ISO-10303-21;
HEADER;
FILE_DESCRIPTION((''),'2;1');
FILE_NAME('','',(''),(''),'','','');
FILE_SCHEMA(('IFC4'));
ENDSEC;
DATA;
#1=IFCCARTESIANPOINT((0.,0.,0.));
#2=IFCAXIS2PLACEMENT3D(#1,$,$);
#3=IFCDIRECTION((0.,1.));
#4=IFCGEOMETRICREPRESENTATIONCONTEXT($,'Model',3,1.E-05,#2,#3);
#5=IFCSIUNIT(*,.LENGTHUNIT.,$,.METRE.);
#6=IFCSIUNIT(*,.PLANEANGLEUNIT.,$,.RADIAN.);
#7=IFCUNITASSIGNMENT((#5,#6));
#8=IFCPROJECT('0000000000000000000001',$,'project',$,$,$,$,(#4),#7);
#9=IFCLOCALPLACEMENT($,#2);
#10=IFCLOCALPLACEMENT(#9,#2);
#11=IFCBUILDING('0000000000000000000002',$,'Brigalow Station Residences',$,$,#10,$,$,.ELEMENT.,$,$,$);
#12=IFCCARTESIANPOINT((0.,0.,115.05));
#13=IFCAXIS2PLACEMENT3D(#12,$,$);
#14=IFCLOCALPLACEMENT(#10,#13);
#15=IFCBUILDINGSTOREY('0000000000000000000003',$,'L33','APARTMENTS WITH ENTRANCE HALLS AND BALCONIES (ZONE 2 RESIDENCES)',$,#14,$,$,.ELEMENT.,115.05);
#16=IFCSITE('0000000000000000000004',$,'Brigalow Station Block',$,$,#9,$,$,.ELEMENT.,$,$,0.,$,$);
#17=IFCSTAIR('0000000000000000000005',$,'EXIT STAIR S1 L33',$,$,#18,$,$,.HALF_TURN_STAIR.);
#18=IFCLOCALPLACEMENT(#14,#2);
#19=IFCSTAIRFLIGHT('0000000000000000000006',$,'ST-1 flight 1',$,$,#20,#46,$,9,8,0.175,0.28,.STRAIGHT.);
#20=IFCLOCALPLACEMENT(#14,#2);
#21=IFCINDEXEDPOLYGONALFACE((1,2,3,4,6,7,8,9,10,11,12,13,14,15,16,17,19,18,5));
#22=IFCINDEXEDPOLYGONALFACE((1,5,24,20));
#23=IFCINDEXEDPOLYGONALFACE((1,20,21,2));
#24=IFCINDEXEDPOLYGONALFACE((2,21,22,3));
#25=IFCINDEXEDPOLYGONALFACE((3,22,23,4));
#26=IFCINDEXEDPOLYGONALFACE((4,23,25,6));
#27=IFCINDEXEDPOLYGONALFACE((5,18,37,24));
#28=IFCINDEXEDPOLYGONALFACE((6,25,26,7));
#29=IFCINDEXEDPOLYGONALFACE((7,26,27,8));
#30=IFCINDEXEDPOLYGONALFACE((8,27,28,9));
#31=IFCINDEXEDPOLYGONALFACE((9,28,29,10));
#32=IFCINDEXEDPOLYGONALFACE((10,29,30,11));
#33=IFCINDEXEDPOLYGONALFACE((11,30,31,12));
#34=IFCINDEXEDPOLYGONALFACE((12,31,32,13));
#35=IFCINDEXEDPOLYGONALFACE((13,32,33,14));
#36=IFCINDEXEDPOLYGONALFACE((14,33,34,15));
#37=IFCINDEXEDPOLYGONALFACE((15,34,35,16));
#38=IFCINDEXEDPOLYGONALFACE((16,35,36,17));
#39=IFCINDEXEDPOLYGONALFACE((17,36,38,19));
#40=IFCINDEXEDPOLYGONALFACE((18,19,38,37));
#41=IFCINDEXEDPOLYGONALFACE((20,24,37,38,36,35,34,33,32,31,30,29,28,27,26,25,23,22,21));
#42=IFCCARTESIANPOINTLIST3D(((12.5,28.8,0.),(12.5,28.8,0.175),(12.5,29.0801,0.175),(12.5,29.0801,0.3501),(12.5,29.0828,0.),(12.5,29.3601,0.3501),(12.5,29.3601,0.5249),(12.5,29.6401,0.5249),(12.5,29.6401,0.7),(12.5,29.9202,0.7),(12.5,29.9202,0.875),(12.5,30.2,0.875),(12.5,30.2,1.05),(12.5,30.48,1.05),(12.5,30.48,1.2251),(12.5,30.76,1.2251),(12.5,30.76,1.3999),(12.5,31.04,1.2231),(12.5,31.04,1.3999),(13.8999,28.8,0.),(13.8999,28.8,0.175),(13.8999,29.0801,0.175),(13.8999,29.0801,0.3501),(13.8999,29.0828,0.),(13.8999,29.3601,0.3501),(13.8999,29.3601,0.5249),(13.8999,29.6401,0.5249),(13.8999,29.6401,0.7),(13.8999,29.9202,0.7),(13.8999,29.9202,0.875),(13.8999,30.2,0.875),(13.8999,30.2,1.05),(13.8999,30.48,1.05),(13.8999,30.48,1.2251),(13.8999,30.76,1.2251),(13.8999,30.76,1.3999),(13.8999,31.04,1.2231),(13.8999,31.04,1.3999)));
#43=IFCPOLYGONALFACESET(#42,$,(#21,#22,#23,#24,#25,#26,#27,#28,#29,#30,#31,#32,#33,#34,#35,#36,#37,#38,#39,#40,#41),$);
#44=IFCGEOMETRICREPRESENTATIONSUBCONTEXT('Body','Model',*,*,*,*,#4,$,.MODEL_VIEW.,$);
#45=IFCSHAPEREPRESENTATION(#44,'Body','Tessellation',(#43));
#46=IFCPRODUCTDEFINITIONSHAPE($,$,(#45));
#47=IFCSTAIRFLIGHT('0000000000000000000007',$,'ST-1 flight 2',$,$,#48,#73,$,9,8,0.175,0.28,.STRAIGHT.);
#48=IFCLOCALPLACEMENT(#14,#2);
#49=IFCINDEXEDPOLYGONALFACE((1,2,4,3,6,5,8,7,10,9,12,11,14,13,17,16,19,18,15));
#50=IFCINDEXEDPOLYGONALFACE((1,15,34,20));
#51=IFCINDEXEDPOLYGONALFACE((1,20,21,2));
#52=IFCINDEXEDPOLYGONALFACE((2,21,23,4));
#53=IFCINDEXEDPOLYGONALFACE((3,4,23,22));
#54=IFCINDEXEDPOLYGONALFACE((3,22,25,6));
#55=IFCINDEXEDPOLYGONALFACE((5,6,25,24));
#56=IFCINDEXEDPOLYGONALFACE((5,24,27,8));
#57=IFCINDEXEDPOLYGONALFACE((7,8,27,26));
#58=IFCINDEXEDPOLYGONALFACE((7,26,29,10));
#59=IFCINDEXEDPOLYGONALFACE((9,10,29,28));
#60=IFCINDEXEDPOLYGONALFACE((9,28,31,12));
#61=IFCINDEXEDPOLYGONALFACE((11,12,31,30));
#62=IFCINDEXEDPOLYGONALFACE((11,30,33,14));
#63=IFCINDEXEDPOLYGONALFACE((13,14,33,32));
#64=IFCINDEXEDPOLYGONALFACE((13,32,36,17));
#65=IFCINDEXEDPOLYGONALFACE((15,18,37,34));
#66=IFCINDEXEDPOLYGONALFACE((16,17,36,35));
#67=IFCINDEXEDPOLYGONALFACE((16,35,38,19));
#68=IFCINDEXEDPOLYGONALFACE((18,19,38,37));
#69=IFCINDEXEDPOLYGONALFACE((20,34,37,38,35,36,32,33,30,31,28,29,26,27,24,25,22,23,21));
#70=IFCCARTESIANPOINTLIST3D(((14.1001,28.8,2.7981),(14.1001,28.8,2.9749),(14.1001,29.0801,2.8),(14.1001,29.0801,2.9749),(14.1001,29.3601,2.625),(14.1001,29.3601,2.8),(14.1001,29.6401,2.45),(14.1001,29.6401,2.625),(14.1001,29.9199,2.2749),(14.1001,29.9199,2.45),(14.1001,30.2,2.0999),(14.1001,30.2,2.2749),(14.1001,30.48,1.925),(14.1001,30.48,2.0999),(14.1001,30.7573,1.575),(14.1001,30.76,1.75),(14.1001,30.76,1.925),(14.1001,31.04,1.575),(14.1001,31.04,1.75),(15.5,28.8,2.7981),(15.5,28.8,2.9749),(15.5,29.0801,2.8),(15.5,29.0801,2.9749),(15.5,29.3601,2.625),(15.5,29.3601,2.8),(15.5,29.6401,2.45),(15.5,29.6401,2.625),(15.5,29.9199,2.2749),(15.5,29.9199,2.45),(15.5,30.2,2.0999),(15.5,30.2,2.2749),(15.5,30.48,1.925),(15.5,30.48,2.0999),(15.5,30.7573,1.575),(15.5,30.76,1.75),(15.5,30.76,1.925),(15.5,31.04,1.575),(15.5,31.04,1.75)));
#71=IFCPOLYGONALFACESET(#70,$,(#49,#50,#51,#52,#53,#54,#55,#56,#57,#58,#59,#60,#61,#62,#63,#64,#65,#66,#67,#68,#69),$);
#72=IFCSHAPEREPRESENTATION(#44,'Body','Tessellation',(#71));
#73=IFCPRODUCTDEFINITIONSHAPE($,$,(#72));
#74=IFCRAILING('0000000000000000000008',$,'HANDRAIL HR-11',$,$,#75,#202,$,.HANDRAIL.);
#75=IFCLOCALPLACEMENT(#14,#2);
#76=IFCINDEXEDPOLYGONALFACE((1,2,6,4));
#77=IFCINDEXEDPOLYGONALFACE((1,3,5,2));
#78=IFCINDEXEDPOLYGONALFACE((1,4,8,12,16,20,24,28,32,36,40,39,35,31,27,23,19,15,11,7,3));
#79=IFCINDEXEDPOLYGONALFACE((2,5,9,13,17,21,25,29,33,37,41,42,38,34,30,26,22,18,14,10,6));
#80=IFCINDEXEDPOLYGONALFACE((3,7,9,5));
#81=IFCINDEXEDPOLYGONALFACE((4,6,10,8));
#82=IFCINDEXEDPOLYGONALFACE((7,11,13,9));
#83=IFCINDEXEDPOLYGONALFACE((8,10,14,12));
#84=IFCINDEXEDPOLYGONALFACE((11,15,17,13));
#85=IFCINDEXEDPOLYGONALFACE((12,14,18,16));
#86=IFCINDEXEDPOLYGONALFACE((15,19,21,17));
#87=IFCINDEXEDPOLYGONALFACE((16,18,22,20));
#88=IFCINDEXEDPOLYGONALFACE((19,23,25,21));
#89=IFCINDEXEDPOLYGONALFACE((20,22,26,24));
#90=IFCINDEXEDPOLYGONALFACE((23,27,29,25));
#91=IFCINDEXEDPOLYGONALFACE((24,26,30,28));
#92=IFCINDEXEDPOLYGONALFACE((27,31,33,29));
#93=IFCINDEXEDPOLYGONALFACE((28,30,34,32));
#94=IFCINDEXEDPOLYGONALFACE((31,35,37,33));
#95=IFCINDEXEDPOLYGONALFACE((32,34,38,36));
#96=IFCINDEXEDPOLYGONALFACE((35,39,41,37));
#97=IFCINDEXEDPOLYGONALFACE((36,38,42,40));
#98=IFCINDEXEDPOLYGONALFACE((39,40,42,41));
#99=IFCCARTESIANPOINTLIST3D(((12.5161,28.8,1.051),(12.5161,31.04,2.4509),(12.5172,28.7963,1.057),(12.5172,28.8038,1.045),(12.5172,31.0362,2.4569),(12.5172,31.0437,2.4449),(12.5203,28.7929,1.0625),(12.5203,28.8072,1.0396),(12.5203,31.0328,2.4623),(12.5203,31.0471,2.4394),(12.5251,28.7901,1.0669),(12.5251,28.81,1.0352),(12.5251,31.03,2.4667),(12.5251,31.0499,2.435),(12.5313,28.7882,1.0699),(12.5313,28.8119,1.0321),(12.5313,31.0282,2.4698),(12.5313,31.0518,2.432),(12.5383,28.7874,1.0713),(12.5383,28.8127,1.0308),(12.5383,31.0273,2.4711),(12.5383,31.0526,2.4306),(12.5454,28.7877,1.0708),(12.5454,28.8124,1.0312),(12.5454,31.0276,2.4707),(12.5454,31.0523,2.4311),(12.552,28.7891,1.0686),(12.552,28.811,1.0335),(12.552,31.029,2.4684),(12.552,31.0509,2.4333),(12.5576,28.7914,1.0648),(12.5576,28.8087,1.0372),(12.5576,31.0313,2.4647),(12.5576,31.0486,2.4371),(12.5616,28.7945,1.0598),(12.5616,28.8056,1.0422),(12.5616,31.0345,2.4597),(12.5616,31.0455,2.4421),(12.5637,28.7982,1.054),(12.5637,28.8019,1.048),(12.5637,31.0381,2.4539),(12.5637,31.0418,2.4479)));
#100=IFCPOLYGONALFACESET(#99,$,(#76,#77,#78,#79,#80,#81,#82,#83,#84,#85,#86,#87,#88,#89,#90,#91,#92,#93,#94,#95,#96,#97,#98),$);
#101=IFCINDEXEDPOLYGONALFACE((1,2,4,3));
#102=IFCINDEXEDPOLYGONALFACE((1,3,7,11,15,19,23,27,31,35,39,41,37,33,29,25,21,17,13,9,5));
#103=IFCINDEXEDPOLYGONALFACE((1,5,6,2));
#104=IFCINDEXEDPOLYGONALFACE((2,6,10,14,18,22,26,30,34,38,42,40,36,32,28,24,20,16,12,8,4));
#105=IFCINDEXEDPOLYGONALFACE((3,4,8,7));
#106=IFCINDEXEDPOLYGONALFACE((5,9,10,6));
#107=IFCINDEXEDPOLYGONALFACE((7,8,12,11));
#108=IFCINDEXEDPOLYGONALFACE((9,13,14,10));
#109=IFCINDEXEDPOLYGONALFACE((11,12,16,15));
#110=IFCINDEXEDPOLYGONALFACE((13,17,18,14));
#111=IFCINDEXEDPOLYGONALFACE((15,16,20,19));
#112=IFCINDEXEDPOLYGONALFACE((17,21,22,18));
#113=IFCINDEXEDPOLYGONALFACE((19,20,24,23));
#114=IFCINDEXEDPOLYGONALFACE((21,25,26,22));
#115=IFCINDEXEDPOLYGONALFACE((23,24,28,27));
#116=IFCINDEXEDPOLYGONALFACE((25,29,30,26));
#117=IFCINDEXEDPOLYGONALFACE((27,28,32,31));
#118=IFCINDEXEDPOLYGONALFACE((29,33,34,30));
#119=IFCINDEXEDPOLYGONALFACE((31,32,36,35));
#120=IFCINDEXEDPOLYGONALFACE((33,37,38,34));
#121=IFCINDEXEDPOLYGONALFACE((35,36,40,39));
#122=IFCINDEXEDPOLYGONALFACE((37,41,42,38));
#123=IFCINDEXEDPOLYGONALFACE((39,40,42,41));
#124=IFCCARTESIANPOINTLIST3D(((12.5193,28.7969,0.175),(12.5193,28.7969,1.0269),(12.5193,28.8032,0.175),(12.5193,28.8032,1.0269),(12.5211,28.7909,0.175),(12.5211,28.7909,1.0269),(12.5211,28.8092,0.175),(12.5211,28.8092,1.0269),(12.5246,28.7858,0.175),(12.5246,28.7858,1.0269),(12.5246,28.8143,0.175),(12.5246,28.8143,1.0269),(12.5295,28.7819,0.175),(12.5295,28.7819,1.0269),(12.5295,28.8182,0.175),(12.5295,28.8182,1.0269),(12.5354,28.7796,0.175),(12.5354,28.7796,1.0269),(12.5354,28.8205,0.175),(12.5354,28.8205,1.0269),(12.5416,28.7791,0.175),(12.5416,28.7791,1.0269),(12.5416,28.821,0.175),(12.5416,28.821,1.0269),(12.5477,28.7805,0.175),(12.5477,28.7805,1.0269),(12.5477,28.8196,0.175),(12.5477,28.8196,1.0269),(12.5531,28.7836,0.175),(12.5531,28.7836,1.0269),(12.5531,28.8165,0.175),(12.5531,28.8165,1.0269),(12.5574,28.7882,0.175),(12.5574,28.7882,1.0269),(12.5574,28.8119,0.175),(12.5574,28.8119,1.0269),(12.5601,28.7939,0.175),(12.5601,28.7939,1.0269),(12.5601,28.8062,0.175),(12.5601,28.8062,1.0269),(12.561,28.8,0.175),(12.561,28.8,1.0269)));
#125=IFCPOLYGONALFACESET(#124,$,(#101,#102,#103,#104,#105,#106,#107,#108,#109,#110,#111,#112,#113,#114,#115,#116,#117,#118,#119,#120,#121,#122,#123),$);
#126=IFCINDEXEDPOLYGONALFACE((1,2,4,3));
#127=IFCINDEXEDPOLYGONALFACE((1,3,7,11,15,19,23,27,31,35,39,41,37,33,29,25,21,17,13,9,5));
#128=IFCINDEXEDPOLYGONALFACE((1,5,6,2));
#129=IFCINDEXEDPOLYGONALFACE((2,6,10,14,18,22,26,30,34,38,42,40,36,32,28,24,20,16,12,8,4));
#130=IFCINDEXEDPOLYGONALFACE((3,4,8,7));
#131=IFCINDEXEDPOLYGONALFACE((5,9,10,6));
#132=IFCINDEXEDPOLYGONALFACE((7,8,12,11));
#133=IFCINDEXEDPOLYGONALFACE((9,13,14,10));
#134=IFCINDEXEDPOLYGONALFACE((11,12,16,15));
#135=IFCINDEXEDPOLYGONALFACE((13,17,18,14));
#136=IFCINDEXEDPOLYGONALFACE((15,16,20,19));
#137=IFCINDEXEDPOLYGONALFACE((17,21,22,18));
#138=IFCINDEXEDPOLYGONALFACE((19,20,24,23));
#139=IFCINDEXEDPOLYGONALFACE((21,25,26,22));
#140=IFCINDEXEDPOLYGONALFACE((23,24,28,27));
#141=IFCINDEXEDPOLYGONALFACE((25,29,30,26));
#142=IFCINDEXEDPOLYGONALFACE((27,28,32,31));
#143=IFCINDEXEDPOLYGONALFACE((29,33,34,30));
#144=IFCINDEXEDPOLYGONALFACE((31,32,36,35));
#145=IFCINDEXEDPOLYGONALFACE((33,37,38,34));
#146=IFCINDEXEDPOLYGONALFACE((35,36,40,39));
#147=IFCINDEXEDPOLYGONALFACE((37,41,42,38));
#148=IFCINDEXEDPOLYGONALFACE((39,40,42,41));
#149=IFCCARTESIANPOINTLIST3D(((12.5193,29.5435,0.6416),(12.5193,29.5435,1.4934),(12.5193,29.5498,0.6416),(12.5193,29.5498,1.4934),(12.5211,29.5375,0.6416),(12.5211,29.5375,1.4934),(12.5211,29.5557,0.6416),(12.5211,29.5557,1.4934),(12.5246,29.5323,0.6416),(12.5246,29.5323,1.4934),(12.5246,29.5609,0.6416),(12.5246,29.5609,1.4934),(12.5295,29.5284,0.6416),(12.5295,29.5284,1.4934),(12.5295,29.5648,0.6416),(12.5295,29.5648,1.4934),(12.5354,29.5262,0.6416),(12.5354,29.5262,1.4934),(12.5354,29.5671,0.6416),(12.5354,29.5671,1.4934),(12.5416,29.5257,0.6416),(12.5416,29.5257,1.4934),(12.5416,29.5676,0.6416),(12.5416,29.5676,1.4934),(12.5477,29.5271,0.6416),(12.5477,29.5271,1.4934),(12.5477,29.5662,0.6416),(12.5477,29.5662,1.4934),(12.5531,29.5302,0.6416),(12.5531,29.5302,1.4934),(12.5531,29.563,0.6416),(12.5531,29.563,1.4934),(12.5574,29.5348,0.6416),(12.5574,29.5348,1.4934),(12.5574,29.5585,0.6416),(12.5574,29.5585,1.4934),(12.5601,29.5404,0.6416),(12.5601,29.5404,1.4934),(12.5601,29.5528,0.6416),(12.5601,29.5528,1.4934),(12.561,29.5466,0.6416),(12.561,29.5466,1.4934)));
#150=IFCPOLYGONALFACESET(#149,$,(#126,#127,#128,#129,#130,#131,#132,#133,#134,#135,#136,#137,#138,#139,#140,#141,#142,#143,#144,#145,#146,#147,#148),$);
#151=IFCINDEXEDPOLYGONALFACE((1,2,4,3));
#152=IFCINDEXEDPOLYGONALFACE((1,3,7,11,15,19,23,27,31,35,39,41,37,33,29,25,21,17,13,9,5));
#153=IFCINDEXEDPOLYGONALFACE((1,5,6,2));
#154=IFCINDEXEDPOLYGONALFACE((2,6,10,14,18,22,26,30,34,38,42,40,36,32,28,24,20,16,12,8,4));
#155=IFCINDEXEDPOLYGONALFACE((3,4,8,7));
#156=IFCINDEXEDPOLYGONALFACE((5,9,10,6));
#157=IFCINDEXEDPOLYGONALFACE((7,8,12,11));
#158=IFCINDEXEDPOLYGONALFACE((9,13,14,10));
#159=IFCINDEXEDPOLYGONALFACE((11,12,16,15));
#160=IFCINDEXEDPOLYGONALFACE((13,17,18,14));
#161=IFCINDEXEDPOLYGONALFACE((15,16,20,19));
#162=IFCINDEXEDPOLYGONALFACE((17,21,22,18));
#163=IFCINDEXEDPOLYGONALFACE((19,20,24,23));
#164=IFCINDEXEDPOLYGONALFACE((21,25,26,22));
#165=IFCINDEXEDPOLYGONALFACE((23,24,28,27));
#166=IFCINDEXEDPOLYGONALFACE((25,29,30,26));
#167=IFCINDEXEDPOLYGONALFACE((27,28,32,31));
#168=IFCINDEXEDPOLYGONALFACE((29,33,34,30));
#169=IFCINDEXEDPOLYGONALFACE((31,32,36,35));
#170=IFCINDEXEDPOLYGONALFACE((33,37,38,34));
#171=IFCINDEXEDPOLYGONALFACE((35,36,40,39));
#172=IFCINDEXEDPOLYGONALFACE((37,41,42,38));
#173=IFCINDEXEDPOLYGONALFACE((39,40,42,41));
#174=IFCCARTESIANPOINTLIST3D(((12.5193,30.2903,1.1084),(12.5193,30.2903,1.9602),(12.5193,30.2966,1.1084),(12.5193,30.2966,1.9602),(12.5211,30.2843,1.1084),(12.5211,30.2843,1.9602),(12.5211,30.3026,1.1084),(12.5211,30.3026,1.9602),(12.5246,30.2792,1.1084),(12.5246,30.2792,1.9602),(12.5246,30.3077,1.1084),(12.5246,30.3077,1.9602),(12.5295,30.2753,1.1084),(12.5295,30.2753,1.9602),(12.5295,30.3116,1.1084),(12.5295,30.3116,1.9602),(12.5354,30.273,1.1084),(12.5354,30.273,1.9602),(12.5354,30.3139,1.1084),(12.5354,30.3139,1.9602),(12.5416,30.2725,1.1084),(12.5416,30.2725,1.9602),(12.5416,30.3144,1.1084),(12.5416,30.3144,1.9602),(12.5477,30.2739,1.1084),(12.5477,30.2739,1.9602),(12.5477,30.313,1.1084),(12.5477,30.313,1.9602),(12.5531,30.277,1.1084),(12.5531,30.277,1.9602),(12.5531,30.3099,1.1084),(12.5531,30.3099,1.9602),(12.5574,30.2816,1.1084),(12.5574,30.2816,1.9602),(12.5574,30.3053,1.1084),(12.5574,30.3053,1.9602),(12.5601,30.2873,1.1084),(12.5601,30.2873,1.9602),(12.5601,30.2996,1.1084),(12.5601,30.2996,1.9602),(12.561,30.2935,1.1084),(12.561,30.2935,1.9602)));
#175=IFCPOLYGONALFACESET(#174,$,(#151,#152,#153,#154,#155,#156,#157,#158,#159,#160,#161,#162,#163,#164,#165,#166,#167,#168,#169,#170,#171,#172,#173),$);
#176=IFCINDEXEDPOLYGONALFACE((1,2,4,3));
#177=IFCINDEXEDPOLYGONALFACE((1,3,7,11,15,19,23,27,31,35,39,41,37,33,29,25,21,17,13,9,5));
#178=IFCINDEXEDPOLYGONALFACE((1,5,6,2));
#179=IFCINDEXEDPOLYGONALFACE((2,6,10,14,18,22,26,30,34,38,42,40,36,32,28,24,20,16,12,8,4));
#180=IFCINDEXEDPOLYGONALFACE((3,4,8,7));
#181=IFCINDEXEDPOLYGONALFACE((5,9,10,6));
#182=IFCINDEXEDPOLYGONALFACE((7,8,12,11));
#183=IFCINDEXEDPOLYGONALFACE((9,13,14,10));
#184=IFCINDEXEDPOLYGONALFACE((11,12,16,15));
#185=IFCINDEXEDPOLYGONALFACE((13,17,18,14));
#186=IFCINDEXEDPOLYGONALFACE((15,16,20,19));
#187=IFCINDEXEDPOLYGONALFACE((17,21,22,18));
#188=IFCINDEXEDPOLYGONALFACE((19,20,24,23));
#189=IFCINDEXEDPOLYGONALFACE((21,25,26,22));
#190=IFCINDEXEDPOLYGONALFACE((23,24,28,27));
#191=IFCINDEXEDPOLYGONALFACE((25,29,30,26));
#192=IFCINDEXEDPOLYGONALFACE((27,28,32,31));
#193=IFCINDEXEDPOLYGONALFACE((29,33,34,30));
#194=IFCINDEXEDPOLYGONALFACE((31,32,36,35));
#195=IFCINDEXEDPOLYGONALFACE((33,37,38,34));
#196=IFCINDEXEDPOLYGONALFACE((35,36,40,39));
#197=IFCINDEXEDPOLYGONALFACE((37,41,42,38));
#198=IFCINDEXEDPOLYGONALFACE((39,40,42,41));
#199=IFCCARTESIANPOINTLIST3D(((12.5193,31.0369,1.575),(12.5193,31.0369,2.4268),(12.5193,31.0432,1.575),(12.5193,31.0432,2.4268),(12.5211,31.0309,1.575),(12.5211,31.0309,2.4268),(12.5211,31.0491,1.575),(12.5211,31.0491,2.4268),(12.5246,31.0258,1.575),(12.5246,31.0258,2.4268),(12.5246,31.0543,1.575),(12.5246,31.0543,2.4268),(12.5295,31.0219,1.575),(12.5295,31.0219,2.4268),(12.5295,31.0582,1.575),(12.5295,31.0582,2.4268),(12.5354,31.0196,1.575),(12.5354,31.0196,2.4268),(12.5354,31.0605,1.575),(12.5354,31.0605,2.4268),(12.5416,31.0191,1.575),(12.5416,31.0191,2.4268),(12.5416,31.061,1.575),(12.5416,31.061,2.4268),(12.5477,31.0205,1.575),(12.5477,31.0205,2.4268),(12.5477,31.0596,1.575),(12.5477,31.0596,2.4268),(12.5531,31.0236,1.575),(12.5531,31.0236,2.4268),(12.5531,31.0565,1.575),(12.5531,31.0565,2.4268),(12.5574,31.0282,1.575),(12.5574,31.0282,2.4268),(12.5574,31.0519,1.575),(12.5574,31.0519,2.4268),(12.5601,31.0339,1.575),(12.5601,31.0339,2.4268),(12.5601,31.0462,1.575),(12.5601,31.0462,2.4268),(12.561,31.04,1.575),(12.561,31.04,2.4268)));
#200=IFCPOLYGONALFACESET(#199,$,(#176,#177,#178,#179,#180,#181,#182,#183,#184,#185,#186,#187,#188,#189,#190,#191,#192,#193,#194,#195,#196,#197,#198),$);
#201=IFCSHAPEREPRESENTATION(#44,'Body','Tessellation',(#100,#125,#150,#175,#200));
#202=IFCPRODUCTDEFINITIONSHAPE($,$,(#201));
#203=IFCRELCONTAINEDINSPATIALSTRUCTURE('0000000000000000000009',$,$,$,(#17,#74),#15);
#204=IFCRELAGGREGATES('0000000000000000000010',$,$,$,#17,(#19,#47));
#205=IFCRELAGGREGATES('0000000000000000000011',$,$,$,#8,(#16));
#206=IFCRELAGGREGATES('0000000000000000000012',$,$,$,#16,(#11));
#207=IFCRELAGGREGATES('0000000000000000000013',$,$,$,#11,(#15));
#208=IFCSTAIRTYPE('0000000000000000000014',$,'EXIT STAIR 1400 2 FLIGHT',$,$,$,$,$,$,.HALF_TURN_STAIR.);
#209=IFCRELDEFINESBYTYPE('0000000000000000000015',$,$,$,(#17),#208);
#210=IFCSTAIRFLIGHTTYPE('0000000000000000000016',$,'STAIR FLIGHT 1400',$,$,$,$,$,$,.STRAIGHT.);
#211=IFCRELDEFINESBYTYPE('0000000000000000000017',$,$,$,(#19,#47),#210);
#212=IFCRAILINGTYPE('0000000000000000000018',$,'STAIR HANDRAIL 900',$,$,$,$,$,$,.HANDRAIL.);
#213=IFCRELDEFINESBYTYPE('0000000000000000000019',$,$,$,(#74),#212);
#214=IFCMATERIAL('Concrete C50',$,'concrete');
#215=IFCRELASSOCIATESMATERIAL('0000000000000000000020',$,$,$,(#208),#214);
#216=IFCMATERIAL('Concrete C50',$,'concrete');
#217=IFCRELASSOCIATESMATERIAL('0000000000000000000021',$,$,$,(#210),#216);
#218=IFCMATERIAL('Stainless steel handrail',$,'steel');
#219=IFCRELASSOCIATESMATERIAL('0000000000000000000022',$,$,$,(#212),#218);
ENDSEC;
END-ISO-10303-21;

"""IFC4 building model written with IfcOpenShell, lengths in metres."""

from ifc_helpers import new_model, si_unit, direction, frame, origin, origin_2d, place, context, subcontext, project, spatial, polyline, circle, outline, extrude, material, type_object, element, aggregate, save


model = new_model("IFC4")

# Units and contexts
model_context = context("Model", 3, precision=1e-05, world=origin(), true_north=direction((0.0, 1.0)))
body_context = subcontext(model_context, "Body", "Model", "MODEL_VIEW")
ifc_project = project(units=[si_unit("LENGTHUNIT", "METRE"), si_unit("PLANEANGLEUNIT", "RADIAN")], contexts=[model_context])

# Site, building, storey
site_placement = place(None, origin())
site = spatial("IfcSite", under=ifc_project, at=site_placement, Name="Brigalow Station Block", CompositionType="ELEMENT", RefElevation=0.0)
building_placement = place(site_placement, origin())
building = spatial("IfcBuilding", under=site, at=building_placement, Name="Brigalow Station Residences", CompositionType="ELEMENT")
storey_placement = place(building_placement, frame((0.0, 0.0, 115.05)))
storey = spatial("IfcBuildingStorey", under=building, at=storey_placement, Name="L33", Description="APARTMENTS WITH ENTRANCE HALLS AND BALCONIES (ZONE 2 RESIDENCES)", CompositionType="ELEMENT", Elevation=115.05)

# Stair, stair flights
ifc_material_1 = material(Name="Concrete C50", Category="concrete")
stair_type = type_object("IfcStairType", Name="EXIT STAIR 1400 2 FLIGHT", PredefinedType="HALF_TURN_STAIR", material=ifc_material_1)
stair_placement = place(storey_placement, origin())
stair = element("IfcStair", 1, at=stair_placement, inside=storey, type_object=stair_type, Name="EXIT STAIR S1 L33", PredefinedType="HALF_TURN_STAIR")
ifc_material_2 = material(Name="Concrete C50", Category="concrete")
stair_flight_type = type_object("IfcStairFlightType", Name="STAIR FLIGHT 1400", PredefinedType="STRAIGHT", material=ifc_material_2)
stair_flight_1_placement = place(storey_placement, frame((13.2, 28.8, 0.0), z_axis=(0.0, 0.0, 1.0), x_axis=(0.0, 1.0, 0.0)))
stair_flight_1 = element("IfcStairFlight", 2, at=stair_flight_1_placement, type_object=stair_flight_type, Name="ST-1 flight 1", NumberOfRisers=9, NumberOfTreads=8, PredefinedType="STRAIGHT", RiserHeight=0.175, TreadLength=0.28, context=body_context, shape_type="SweptSolid", body=[
    extrude(outline(polyline([(0.0, 0.0), (0.0, 0.175), (0.28, 0.175), (0.28, 0.3501), (0.5601, 0.3501), (0.5601, 0.5249), (0.8401, 0.5249), (0.8401, 0.7), (1.1201, 0.7), (1.1201, 0.875), (1.3999, 0.875), (1.3999, 1.05), (1.6799, 1.05), (1.6799, 1.2251), (1.96, 1.2251), (1.96, 1.3999), (2.24, 1.3999), (2.24, 1.575), (2.24, 1.2231), (0.2827, 0.0), (0.0, 0.0)])), frame((0.0, 0.7, 0.0), z_axis=(0.0, -1.0, 0.0), x_axis=(1.0, 0.0, 0.0)), (0.0, 0.0, 1.0), 1.3999),
])
stair_flight_2_placement = place(storey_placement, frame((14.8, 31.04, 1.575), z_axis=(0.0, 0.0, 1.0), x_axis=(0.0, -1.0, 0.0)))
stair_flight_2 = element("IfcStairFlight", 3, at=stair_flight_2_placement, type_object=stair_flight_type, Name="ST-1 flight 2", NumberOfRisers=9, NumberOfTreads=8, PredefinedType="STRAIGHT", RiserHeight=0.175, TreadLength=0.28, context=body_context, shape_type="SweptSolid", body=[
    extrude(outline(polyline([(0.0, 0.0), (0.0, 0.175), (0.28, 0.175), (0.28, 0.3501), (0.5601, 0.3501), (0.5601, 0.5249), (0.8401, 0.5249), (0.8401, 0.7), (1.1201, 0.7), (1.1201, 0.875), (1.3999, 0.875), (1.3999, 1.05), (1.6799, 1.05), (1.6799, 1.2251), (1.96, 1.2251), (1.96, 1.3999), (2.24, 1.3999), (2.24, 1.575), (2.24, 1.2231), (0.2827, 0.0), (0.0, 0.0)])), frame((0.0, 0.7, 0.0), z_axis=(0.0, -1.0, 0.0), x_axis=(1.0, 0.0, 0.0)), (0.0, 0.0, 1.0), 1.3999),
])
aggregate(stair, [stair_flight_1, stair_flight_2])

# Railing
ifc_material_3 = material(Name="Stainless steel handrail", Category="steel")
railing_type_1 = type_object("IfcRailingType", Name="STAIR HANDRAIL 900", PredefinedType="HANDRAIL", material=ifc_material_3)
railing_1_placement = place(storey_placement, frame((12.54, 28.8, 0.175)))
element("IfcRailing", 4, at=railing_1_placement, inside=storey, type_object=railing_type_1, Name="HANDRAIL HR-11", PredefinedType="HANDRAIL", context=body_context, shape_type="SweptSolid", body=[
    extrude(circle(Radius=0.0239, at=origin_2d()), frame((0.0, 0.0, 0.876), z_axis=(0.0, 0.848014, 0.529974), x_axis=(-1.0, 0.0, 0.0)), (0.0, 0.0, 1.0), 2.6414),
    extrude(circle(Radius=0.021, at=origin_2d()), origin(), (0.0, 0.0, 1.0), 0.8518),
    extrude(circle(Radius=0.021, at=origin_2d()), frame((0.0, 0.7466, 0.4666)), (0.0, 0.0, 1.0), 0.8518),
    extrude(circle(Radius=0.021, at=origin_2d()), frame((0.0, 1.4934, 0.9333)), (0.0, 0.0, 1.0), 0.8518),
    extrude(circle(Radius=0.021, at=origin_2d()), frame((0.0, 2.24, 1.3999)), (0.0, 0.0, 1.0), 0.8518),
])

save(model, "model.ifc")
